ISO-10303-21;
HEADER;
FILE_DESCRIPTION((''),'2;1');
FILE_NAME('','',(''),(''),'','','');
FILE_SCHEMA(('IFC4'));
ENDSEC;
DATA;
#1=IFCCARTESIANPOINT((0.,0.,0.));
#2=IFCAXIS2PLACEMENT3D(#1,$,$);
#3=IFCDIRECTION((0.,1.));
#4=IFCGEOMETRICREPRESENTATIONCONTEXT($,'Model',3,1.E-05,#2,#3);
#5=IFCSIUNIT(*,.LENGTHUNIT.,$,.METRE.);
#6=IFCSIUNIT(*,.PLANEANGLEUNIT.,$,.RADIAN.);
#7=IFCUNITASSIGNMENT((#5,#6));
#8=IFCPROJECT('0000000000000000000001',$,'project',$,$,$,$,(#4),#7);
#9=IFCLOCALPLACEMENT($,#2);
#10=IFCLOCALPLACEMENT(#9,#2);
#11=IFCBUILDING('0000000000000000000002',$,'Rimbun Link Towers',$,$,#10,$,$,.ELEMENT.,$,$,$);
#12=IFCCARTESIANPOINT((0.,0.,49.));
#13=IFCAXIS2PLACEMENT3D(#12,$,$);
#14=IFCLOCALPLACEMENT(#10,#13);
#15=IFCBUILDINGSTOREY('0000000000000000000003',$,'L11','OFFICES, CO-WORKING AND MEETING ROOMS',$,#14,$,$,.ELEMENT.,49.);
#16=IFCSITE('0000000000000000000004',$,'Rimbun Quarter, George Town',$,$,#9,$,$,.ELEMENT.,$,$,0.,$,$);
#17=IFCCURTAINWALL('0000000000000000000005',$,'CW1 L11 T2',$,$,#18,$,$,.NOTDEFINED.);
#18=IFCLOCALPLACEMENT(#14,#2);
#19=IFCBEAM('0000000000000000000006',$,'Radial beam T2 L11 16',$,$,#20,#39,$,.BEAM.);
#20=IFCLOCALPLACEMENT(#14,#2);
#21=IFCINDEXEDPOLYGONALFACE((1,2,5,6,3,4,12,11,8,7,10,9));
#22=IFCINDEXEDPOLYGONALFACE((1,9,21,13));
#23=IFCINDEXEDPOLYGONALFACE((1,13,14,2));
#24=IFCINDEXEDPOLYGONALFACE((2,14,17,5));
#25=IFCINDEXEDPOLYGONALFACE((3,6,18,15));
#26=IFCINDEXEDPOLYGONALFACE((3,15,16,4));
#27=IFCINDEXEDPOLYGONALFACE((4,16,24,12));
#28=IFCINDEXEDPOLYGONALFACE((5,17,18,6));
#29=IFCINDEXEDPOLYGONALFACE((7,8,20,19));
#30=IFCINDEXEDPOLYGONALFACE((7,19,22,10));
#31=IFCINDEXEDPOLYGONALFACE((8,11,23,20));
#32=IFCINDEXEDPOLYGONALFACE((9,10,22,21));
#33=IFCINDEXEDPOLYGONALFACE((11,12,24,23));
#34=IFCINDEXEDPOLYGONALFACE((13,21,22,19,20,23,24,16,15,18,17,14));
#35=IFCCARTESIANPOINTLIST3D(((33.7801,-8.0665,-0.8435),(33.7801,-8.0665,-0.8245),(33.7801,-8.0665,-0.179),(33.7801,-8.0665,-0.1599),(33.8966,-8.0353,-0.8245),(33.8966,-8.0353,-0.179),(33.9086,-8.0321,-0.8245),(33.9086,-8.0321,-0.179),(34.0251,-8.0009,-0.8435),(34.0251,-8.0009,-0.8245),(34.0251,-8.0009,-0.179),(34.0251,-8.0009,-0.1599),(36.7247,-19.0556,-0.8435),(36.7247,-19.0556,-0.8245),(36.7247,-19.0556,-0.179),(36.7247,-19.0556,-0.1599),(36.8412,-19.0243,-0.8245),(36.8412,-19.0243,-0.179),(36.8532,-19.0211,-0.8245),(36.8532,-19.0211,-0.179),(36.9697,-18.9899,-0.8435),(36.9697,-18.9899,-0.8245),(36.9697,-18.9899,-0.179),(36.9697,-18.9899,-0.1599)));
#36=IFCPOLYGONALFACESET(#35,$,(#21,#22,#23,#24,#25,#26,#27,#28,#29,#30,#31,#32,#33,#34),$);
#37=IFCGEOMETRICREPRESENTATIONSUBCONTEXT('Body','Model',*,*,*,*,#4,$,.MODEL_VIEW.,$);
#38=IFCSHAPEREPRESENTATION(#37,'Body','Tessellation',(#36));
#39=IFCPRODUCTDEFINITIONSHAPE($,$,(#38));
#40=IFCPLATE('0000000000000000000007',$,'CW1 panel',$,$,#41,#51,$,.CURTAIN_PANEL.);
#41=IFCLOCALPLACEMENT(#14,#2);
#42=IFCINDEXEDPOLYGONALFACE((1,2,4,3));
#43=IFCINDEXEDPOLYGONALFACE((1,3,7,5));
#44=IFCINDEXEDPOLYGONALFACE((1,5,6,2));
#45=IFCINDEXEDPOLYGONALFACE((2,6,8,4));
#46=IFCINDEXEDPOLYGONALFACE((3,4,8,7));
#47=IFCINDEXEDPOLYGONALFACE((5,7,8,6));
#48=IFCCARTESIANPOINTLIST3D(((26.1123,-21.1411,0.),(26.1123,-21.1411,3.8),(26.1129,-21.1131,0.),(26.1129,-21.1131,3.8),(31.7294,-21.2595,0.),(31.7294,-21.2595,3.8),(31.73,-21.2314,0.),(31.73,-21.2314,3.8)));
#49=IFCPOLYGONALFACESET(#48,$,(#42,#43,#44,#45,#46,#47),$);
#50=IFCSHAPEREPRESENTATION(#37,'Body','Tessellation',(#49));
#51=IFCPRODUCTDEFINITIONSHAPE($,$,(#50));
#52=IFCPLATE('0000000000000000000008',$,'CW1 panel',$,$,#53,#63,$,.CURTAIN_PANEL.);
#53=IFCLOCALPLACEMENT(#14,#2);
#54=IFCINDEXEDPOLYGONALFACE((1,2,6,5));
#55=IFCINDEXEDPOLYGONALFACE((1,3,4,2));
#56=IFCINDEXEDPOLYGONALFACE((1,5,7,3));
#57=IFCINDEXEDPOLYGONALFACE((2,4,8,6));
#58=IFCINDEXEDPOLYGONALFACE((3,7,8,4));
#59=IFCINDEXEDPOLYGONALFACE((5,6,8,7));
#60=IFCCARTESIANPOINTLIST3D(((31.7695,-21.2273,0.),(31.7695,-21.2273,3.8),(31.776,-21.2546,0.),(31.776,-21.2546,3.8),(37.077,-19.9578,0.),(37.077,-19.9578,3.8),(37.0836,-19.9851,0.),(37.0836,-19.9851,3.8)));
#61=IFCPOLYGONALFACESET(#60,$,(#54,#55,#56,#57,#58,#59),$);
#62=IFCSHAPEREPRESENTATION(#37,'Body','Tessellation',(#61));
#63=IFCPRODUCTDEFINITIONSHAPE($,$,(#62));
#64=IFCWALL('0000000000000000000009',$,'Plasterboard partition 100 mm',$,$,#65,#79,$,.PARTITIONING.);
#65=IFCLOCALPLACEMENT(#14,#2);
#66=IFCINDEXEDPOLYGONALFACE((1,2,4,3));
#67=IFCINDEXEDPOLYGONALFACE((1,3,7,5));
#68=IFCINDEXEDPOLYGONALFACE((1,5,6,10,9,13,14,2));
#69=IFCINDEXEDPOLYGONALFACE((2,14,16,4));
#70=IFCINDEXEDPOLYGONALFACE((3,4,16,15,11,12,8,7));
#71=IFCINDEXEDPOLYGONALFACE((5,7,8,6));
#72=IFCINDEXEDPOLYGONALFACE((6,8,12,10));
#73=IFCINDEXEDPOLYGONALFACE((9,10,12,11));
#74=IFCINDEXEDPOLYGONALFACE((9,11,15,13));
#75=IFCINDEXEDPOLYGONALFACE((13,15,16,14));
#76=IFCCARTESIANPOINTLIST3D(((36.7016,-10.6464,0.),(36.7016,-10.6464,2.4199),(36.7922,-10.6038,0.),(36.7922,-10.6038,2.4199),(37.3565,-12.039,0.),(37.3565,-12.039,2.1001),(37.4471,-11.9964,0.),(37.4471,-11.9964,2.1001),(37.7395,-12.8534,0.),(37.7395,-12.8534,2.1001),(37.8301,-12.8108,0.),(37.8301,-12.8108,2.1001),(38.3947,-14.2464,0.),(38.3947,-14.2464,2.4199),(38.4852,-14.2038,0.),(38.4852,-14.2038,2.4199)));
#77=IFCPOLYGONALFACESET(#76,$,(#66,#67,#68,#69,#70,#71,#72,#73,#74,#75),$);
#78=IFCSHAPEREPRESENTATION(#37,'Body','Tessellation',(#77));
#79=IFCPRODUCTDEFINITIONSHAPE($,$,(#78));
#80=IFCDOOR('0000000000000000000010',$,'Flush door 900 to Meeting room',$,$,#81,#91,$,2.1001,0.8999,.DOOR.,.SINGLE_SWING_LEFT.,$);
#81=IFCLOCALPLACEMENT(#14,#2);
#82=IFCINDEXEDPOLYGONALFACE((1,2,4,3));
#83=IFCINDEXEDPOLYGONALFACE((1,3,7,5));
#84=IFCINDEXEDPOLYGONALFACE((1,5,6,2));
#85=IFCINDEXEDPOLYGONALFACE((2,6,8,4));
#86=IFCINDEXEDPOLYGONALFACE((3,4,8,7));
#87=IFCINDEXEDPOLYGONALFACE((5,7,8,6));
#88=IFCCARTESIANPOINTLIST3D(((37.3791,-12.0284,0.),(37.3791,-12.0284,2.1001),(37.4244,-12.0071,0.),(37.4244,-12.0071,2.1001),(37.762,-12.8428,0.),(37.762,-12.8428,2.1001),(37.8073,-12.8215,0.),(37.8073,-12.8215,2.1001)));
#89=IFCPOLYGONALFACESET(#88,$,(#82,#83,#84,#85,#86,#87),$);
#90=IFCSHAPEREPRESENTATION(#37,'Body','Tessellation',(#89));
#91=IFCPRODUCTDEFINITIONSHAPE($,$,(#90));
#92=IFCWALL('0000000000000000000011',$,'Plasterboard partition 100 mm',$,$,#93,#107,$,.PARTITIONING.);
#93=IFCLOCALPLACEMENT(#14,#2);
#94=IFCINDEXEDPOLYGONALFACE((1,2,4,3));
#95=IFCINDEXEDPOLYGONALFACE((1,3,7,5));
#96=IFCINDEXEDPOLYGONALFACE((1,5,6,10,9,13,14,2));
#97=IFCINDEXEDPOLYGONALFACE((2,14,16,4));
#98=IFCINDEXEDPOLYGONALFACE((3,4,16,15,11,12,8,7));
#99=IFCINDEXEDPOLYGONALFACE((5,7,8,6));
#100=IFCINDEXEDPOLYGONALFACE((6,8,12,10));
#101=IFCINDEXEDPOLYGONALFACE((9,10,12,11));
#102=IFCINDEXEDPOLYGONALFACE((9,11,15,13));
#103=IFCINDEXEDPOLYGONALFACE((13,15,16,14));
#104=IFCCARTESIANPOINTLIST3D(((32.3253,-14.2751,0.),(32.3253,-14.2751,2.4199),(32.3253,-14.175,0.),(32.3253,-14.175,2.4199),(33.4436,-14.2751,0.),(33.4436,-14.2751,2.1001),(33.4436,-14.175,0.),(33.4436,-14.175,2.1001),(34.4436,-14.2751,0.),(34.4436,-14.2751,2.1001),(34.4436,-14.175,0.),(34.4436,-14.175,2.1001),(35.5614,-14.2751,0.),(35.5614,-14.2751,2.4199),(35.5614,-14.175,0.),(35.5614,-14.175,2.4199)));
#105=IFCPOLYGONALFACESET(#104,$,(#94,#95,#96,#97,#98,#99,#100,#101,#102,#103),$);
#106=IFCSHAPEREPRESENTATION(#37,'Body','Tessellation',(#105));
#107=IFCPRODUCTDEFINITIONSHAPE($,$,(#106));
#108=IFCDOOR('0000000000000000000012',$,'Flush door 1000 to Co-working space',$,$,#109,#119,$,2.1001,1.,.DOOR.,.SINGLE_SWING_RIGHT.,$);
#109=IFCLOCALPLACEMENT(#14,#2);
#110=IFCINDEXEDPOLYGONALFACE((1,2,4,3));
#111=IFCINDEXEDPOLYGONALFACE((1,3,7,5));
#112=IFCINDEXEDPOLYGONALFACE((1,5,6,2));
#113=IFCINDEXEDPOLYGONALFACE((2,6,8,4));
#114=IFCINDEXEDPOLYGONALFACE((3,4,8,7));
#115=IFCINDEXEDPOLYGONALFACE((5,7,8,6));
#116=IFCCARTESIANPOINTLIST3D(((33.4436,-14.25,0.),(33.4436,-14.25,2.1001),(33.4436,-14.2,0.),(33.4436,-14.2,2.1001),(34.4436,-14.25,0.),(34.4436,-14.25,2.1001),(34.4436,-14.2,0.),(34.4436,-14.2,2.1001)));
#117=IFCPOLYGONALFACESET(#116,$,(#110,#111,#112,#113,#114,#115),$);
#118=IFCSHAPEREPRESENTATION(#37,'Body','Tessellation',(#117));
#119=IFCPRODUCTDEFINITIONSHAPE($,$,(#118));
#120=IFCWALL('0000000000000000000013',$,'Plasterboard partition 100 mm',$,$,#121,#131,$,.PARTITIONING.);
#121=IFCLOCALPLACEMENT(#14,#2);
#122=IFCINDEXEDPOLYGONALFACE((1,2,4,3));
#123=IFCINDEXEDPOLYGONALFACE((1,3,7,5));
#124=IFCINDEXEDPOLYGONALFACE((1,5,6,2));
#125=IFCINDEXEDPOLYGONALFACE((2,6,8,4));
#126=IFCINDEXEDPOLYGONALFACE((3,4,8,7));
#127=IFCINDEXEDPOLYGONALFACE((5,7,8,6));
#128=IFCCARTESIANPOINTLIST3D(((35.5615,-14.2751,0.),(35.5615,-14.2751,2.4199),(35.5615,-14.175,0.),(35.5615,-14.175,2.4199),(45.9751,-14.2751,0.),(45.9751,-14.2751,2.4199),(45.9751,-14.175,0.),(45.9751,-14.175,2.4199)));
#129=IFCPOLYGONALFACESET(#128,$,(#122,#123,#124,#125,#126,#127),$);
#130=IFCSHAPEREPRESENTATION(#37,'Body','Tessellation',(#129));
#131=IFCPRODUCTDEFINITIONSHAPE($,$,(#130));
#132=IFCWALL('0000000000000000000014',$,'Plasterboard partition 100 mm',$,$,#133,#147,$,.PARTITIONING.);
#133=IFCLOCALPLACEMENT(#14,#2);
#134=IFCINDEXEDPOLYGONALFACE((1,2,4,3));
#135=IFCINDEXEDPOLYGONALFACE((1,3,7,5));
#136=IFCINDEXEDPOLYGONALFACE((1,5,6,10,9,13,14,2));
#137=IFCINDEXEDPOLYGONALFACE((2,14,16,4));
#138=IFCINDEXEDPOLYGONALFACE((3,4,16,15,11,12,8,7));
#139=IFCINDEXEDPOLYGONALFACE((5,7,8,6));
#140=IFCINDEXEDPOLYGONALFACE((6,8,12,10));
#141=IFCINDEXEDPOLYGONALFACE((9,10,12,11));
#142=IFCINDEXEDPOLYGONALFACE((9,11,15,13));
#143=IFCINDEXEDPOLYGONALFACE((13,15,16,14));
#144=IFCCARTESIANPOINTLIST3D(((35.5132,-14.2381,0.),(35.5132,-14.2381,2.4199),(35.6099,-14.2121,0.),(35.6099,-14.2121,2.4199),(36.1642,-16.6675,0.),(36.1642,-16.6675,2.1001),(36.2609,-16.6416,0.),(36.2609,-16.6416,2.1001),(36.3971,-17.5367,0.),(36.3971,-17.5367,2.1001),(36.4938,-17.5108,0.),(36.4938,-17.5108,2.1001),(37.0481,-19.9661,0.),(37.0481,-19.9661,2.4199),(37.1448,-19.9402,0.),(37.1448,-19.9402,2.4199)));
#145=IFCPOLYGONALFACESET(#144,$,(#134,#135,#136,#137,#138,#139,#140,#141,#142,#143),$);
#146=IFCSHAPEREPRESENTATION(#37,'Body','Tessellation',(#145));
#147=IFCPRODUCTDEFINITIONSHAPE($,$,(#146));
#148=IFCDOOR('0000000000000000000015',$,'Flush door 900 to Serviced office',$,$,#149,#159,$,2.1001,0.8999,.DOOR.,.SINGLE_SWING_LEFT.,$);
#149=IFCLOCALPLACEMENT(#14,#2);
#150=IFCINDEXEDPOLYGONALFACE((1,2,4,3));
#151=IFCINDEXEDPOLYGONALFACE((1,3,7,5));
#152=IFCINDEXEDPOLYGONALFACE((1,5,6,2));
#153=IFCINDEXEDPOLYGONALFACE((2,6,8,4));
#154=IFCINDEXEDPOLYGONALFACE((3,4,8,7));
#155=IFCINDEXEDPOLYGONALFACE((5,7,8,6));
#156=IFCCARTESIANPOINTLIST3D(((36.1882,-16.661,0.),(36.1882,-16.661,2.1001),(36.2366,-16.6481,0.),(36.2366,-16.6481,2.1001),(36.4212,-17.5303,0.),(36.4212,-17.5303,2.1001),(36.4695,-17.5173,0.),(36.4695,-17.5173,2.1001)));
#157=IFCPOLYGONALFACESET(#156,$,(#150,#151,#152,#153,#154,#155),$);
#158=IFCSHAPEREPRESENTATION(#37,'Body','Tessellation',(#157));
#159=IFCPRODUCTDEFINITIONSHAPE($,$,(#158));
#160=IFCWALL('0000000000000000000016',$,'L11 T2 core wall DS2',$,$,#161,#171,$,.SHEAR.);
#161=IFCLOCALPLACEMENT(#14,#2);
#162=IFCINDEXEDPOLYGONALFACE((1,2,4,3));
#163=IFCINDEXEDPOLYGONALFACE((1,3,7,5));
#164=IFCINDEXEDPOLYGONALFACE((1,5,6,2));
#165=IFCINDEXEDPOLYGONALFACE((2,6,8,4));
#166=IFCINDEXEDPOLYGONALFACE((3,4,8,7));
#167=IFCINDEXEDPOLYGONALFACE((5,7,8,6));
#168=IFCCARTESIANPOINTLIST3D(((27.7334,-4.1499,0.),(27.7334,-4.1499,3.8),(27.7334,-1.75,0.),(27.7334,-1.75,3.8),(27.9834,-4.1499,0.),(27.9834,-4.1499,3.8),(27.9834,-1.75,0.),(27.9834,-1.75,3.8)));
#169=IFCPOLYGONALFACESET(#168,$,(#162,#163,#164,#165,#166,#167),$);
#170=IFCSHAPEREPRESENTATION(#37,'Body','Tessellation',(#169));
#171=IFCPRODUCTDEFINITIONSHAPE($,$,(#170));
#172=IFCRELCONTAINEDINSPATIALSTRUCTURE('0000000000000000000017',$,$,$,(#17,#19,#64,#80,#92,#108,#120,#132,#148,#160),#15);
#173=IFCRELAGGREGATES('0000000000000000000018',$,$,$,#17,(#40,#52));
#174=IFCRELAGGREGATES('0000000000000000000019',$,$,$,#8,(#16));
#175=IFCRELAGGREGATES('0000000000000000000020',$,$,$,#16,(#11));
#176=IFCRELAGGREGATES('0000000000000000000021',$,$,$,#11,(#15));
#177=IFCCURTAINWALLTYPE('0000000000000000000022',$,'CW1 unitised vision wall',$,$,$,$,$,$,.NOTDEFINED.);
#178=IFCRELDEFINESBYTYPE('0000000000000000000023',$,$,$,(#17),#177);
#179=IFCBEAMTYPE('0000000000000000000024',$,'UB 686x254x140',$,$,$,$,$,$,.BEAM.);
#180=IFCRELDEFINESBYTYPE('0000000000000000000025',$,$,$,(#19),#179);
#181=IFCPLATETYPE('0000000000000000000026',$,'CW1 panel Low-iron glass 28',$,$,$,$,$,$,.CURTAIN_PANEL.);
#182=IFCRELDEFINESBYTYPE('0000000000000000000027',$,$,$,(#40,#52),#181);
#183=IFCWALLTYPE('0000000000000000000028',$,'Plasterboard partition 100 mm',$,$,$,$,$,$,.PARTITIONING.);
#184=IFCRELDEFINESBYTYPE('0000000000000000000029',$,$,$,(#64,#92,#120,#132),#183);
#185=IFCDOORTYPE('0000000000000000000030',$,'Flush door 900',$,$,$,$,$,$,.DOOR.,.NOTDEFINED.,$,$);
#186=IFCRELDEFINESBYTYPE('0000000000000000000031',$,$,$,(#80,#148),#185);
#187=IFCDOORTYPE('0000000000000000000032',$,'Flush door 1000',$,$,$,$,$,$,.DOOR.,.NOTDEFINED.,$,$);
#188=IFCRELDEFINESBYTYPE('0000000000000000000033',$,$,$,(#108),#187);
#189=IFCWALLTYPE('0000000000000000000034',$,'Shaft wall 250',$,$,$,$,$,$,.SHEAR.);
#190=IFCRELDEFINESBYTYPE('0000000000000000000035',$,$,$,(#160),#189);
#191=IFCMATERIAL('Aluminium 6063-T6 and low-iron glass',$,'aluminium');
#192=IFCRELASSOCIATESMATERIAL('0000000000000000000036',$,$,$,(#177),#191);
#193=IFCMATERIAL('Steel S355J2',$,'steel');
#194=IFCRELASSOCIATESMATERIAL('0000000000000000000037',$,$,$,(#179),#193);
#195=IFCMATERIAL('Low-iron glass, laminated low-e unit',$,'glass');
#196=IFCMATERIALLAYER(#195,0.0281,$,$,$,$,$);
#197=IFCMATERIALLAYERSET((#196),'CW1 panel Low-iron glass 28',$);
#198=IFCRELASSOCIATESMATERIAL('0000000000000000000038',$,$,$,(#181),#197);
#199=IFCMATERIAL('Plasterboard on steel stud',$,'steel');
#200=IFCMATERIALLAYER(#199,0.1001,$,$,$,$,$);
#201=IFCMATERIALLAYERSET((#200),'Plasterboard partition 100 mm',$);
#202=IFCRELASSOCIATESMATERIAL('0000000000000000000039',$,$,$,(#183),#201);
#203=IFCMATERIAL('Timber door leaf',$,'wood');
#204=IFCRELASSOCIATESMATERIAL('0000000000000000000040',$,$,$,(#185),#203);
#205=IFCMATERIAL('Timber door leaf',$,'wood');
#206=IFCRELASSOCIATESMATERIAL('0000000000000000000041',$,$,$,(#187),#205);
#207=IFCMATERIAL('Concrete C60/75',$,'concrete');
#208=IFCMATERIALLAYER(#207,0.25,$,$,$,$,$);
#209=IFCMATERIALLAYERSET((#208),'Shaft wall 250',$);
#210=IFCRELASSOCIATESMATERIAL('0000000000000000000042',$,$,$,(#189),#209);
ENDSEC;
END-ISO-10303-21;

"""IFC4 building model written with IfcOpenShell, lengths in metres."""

from ifc_helpers import new_model, si_unit, direction, frame, frame_2d, origin, origin_2d, place, context, subcontext, project, spatial, rectangle, i_section, extrude, material, layer, layer_set, material_profile, profile_set, type_object, element, fill, aggregate, save


model = new_model("IFC4")

# Units and contexts
model_context = context("Model", 3, precision=1e-05, world=origin(), true_north=direction((0.0, 1.0)))
body_context = subcontext(model_context, "Body", "Model", "MODEL_VIEW")
ifc_project = project(units=[si_unit("LENGTHUNIT", "METRE"), si_unit("PLANEANGLEUNIT", "RADIAN")], contexts=[model_context])

# Site, building, storey
site_placement = place(None, origin())
site = spatial("IfcSite", under=ifc_project, at=site_placement, Name="Rimbun Quarter, George Town", CompositionType="ELEMENT", RefElevation=0.0)
building_placement = place(site_placement, origin())
building = spatial("IfcBuilding", under=site, at=building_placement, Name="Rimbun Link Towers", CompositionType="ELEMENT")
storey_placement = place(building_placement, frame((0.0, 0.0, 49.0)))
storey = spatial("IfcBuildingStorey", under=building, at=storey_placement, Name="L11", Description="OFFICES, CO-WORKING AND MEETING ROOMS", CompositionType="ELEMENT", Elevation=49.0)

# Curtain wall
ifc_material_1 = material(Name="Aluminium 6063-T6 and low-iron glass", Category="aluminium")
curtain_wall_type = type_object("IfcCurtainWallType", Name="CW1 unitised vision wall", PredefinedType="NOTDEFINED", material=ifc_material_1)
curtain_wall_placement = place(storey_placement, origin())
curtain_wall = element("IfcCurtainWall", 1, at=curtain_wall_placement, inside=storey, type_object=curtain_wall_type, Name="CW1 L11 T2", PredefinedType="NOTDEFINED")

# Beam
ifc_material_2 = material(Name="Steel S355J2", Category="steel")
ifc_material_profile_1 = material_profile(ifc_material_2, i_section(OverallWidth=0.2537, OverallDepth=0.6836, WebThickness=0.0125, FlangeThickness=0.019, at=origin_2d()), Name="UB 686x254x140")
ifc_profile_set_1 = profile_set([ifc_material_profile_1], Name="Steel S355J2")
beam_type_1 = type_object("IfcBeamType", Name="UB 686x254x140", PredefinedType="BEAM", material=ifc_profile_set_1)
beam_1_placement = place(storey_placement, frame((33.9026, -8.0337, -0.5017), z_axis=(0.258826, -0.965924, 0.0), x_axis=(0.965924, 0.258826, 0.0)))
element("IfcBeam", 2, at=beam_1_placement, inside=storey, type_object=beam_type_1, Name="Radial beam T2 L11 16", PredefinedType="BEAM", context=body_context, shape_type="SweptSolid", body=[
    extrude(i_section(OverallWidth=0.2537, OverallDepth=0.6836, WebThickness=0.0125, FlangeThickness=0.019, at=origin_2d()), origin(), (0.0, 0.0, 1.0), 11.3767),
])

# Plates
ifc_material_3 = material(Name="Low-iron glass, laminated low-e unit", Category="glass")
ifc_layer_1 = layer(ifc_material_3, 0.0281)
ifc_layer_set_1 = layer_set([ifc_layer_1], Name="CW1 panel Low-iron glass 28")
plate_type = type_object("IfcPlateType", Name="CW1 panel Low-iron glass 28", PredefinedType="CURTAIN_PANEL", material=ifc_layer_set_1)
plate_1_placement = place(storey_placement, frame((28.9211, -21.1863, 0.0), z_axis=(0.0, 0.0, 1.0), x_axis=(-0.999778, 0.021066, 0.0)))
plate_1 = element("IfcPlate", 3, at=plate_1_placement, type_object=plate_type, Name="CW1 panel", PredefinedType="CURTAIN_PANEL", context=body_context, shape_type="SweptSolid", body=[
    extrude(rectangle(XDim=5.6184, YDim=0.0281, at=origin_2d()), origin(), (0.0, 0.0, 1.0), 3.8),
])
plate_2_placement = place(storey_placement, frame((34.4265, -20.6062, 0.0), z_axis=(0.0, 0.0, 1.0), x_axis=(-0.97257, -0.23261, 0.0)))
plate_2 = element("IfcPlate", 4, at=plate_2_placement, type_object=plate_type, Name="CW1 panel", PredefinedType="CURTAIN_PANEL", context=body_context, shape_type="SweptSolid", body=[
    extrude(rectangle(XDim=5.4573, YDim=0.0281, at=origin_2d()), origin(), (0.0, 0.0, 1.0), 3.8),
])
aggregate(curtain_wall, [plate_1, plate_2])

# Walls, openings, doors
ifc_material_4 = material(Name="Plasterboard on steel stud", Category="steel")
ifc_layer_2 = layer(ifc_material_4, 0.1001)
ifc_layer_set_2 = layer_set([ifc_layer_2], Name="Plasterboard partition 100 mm")
wall_type_1 = type_object("IfcWallType", Name="Plasterboard partition 100 mm", PredefinedType="PARTITIONING", material=ifc_layer_set_2)
wall_1_placement = place(storey_placement, frame((36.7468, -10.625, 0.0), z_axis=(0.0, 0.0, 1.0), x_axis=(0.425581, -0.90492, 0.0)))
wall_1 = element("IfcWall", 5, at=wall_1_placement, inside=storey, type_object=wall_type_1, Name="Plasterboard partition 100 mm", PredefinedType="PARTITIONING", context=body_context, shape_type="SweptSolid", body=[
    extrude(rectangle(XDim=3.9783, YDim=0.1001, at=frame_2d((1.9893, 0.0))), origin(), (0.0, 0.0, 1.0), 2.4199),
])
opening_1_placement = place(wall_1_placement, frame((1.5391, 0.0, 0.0)))
opening_1 = element("IfcOpeningElement", 6, at=opening_1_placement, cuts=wall_1, PredefinedType="OPENING", context=body_context, shape_type="SweptSolid", body=[
    extrude(rectangle(XDim=0.8999, YDim=2.1001, at=frame_2d((0.45, 1.05))), frame((0.0, 0.0601, 0.0), z_axis=(0.0, -1.0, 0.0), x_axis=(1.0, 0.0, 0.0)), (0.0, 0.0, 1.0), 0.1201),
])
ifc_material_5 = material(Name="Timber door leaf", Category="wood")
door_type_1 = type_object("IfcDoorType", Name="Flush door 900", OperationType="NOTDEFINED", PredefinedType="DOOR", material=ifc_material_5)
door_1_placement = place(opening_1_placement, origin())
door_1 = element("IfcDoor", 7, at=door_1_placement, inside=storey, type_object=door_type_1, Name="Flush door 900 to Meeting room", OperationType="SINGLE_SWING_LEFT", OverallHeight=2.1001, OverallWidth=0.8999, PredefinedType="DOOR", context=body_context, shape_type="SweptSolid", body=[
    extrude(rectangle(XDim=0.8999, YDim=2.1001, at=frame_2d((0.45, 1.05))), frame((0.0, 0.0249, 0.0), z_axis=(0.0, -1.0, 0.0), x_axis=(1.0, 0.0, 0.0)), (0.0, 0.0, 1.0), 0.05),
])
fill(opening_1, door_1)
wall_2_placement = place(storey_placement, frame((35.5615, -14.2251, 0.0), z_axis=(0.0, 0.0, 1.0), x_axis=(-1.0, 0.0, 0.0)))
wall_2 = element("IfcWall", 8, at=wall_2_placement, inside=storey, type_object=wall_type_1, Name="Plasterboard partition 100 mm", PredefinedType="PARTITIONING", context=body_context, shape_type="SweptSolid", body=[
    extrude(rectangle(XDim=3.2361, YDim=0.1001, at=frame_2d((1.6182, 0.0))), origin(), (0.0, 0.0, 1.0), 2.4199),
])
opening_2_placement = place(wall_2_placement, frame((1.1179, 0.0, 0.0)))
opening_2 = element("IfcOpeningElement", 9, at=opening_2_placement, cuts=wall_2, PredefinedType="OPENING", context=body_context, shape_type="SweptSolid", body=[
    extrude(rectangle(XDim=1.0, YDim=2.1001, at=frame_2d((0.5, 1.05))), frame((0.0, 0.0601, 0.0), z_axis=(0.0, -1.0, 0.0), x_axis=(1.0, 0.0, 0.0)), (0.0, 0.0, 1.0), 0.1201),
])
ifc_material_6 = material(Name="Timber door leaf", Category="wood")
door_type_2 = type_object("IfcDoorType", Name="Flush door 1000", OperationType="NOTDEFINED", PredefinedType="DOOR", material=ifc_material_6)
door_2_placement = place(opening_2_placement, origin())
door_2 = element("IfcDoor", 10, at=door_2_placement, inside=storey, type_object=door_type_2, Name="Flush door 1000 to Co-working space", OperationType="SINGLE_SWING_RIGHT", OverallHeight=2.1001, OverallWidth=1.0, PredefinedType="DOOR", context=body_context, shape_type="SweptSolid", body=[
    extrude(rectangle(XDim=1.0, YDim=2.1001, at=frame_2d((0.5, 1.05))), frame((0.0, 0.0249, 0.0), z_axis=(0.0, -1.0, 0.0), x_axis=(1.0, 0.0, 0.0)), (0.0, 0.0, 1.0), 0.05),
])
fill(opening_2, door_2)

# Wall
wall_3_placement = place(storey_placement, frame((35.5615, -14.2251, 0.0), z_axis=(0.0, 0.0, 1.0), x_axis=(1.0, 0.0, 0.0)))
element("IfcWall", 11, at=wall_3_placement, inside=storey, type_object=wall_type_1, Name="Plasterboard partition 100 mm", PredefinedType="PARTITIONING", context=body_context, shape_type="SweptSolid", body=[
    extrude(rectangle(XDim=10.4136, YDim=0.1001, at=frame_2d((5.2068, 0.0))), origin(), (0.0, 0.0, 1.0), 2.4199),
])

# Wall, opening, door
wall_4_placement = place(storey_placement, frame((35.5615, -14.2251, 0.0), z_axis=(0.0, 0.0, 1.0), x_axis=(0.258833, -0.965922, 0.0)))
wall_4 = element("IfcWall", 12, at=wall_4_placement, inside=storey, type_object=wall_type_1, Name="Plasterboard partition 100 mm", PredefinedType="PARTITIONING", context=body_context, shape_type="SweptSolid", body=[
    extrude(rectangle(XDim=5.9302, YDim=0.1001, at=frame_2d((2.9651, 0.0))), origin(), (0.0, 0.0, 1.0), 2.4199),
])
opening_3_placement = place(wall_4_placement, frame((2.5151, 0.0, 0.0)))
opening_3 = element("IfcOpeningElement", 13, at=opening_3_placement, cuts=wall_4, PredefinedType="OPENING", context=body_context, shape_type="SweptSolid", body=[
    extrude(rectangle(XDim=0.8999, YDim=2.1001, at=frame_2d((0.45, 1.05))), frame((0.0, 0.0601, 0.0), z_axis=(0.0, -1.0, 0.0), x_axis=(1.0, 0.0, 0.0)), (0.0, 0.0, 1.0), 0.1201),
])
door_3_placement = place(opening_3_placement, origin())
door_3 = element("IfcDoor", 14, at=door_3_placement, inside=storey, type_object=door_type_1, Name="Flush door 900 to Serviced office", OperationType="SINGLE_SWING_LEFT", OverallHeight=2.1001, OverallWidth=0.8999, PredefinedType="DOOR", context=body_context, shape_type="SweptSolid", body=[
    extrude(rectangle(XDim=0.8999, YDim=2.1001, at=frame_2d((0.45, 1.05))), frame((0.0, 0.0249, 0.0), z_axis=(0.0, -1.0, 0.0), x_axis=(1.0, 0.0, 0.0)), (0.0, 0.0, 1.0), 0.05),
])
fill(opening_3, door_3)

# Wall
ifc_material_7 = material(Name="Concrete C60/75", Category="concrete")
ifc_layer_3 = layer(ifc_material_7, 0.25)
ifc_layer_set_3 = layer_set([ifc_layer_3], Name="Shaft wall 250")
wall_type_2 = type_object("IfcWallType", Name="Shaft wall 250", PredefinedType="SHEAR", material=ifc_layer_set_3)
for number, where, z_axis, x_axis, name in (
    (15, (27.8584, -4.1499, 0.0), (0.0, 0.0, 1.0), (0.0, 1.0, 0.0), "L11 T2 core wall DS2"),
):
    element("IfcWall", number, at=place(storey_placement, frame(where, z_axis=z_axis, x_axis=x_axis)), inside=storey, type_object=wall_type_2, Name=name, PredefinedType="SHEAR", context=body_context, shape_type="SweptSolid", body=[
        extrude(rectangle(XDim=2.3999, YDim=0.25, at=frame_2d((1.2, 0.0))), origin(), (0.0, 0.0, 1.0), 3.8),
    ])

save(model, "model.ifc")
